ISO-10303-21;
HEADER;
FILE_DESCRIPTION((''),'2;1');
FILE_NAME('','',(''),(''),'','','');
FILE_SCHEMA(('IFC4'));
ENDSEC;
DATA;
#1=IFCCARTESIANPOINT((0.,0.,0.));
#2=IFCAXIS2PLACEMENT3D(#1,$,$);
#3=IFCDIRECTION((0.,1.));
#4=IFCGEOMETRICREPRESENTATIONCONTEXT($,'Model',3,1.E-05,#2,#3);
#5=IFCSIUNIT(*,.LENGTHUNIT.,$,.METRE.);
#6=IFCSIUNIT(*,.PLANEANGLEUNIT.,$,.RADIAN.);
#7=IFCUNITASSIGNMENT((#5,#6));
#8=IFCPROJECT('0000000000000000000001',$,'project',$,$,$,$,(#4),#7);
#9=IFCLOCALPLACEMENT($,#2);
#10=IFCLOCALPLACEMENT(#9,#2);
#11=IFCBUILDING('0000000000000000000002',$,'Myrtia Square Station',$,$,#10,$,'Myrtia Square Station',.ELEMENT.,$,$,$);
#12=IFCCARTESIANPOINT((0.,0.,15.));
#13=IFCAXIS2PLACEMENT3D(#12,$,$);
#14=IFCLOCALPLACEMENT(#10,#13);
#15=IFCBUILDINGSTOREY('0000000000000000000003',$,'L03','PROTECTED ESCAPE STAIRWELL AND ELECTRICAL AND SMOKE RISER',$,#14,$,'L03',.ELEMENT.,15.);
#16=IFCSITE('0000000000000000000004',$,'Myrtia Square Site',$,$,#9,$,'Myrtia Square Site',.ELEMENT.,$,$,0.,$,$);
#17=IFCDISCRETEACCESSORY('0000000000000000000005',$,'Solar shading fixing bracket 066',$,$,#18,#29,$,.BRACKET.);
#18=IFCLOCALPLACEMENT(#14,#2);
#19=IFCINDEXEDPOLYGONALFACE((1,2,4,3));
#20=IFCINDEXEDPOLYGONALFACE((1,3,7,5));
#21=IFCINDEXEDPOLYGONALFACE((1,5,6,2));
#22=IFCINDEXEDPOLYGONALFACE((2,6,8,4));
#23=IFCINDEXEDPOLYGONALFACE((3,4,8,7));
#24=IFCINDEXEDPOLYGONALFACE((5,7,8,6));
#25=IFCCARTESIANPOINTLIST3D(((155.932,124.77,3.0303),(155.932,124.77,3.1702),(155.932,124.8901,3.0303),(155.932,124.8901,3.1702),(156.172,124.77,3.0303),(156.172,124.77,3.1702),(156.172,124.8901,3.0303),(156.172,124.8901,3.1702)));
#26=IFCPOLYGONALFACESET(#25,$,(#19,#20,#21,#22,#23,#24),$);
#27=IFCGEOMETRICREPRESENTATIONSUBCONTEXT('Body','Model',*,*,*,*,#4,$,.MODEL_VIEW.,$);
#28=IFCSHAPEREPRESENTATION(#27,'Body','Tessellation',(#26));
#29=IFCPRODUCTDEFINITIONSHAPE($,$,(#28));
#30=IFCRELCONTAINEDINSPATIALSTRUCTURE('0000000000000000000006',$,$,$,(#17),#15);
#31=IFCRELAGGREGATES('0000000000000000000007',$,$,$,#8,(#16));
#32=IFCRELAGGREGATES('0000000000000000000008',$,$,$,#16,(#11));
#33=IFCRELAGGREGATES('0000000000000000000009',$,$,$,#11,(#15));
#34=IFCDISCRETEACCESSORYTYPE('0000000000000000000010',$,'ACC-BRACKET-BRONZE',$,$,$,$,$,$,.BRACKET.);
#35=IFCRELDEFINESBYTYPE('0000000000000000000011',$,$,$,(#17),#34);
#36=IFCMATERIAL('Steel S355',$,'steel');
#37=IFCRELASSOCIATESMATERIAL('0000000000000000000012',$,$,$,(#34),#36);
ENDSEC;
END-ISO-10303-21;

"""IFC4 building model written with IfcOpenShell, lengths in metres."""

from ifc_helpers import new_model, si_unit, direction, frame, origin, origin_2d, place, context, subcontext, project, spatial, rectangle, extrude, material, type_object, element, save


model = new_model("IFC4")

# Units and contexts
model_context = context("Model", 3, precision=1e-05, world=origin(), true_north=direction((0.0, 1.0)))
body_context = subcontext(model_context, "Body", "Model", "MODEL_VIEW")
ifc_project = project(units=[si_unit("LENGTHUNIT", "METRE"), si_unit("PLANEANGLEUNIT", "RADIAN")], contexts=[model_context])

# Site, building, storey
site_placement = place(None, origin())
site = spatial("IfcSite", under=ifc_project, at=site_placement, Name="Myrtia Square Site", LongName="Myrtia Square Site", CompositionType="ELEMENT", RefElevation=0.0)
building_placement = place(site_placement, origin())
building = spatial("IfcBuilding", under=site, at=building_placement, Name="Myrtia Square Station", LongName="Myrtia Square Station", CompositionType="ELEMENT")
storey_placement = place(building_placement, frame((0.0, 0.0, 15.0)))
storey = spatial("IfcBuildingStorey", under=building, at=storey_placement, Name="L03", Description="PROTECTED ESCAPE STAIRWELL AND ELECTRICAL AND SMOKE RISER", LongName="L03", CompositionType="ELEMENT", Elevation=15.0)

# Shared definitions
ifc_material_1 = material(Name="Steel S355", Category="steel")

# Discrete accessory
discrete_accessory_type = type_object("IfcDiscreteAccessoryType", Name="ACC-BRACKET-BRONZE", PredefinedType="BRACKET", material=ifc_material_1)
discrete_accessory_placement = place(storey_placement, frame((156.052, 124.8301, 3.0303), z_axis=(0.0, 0.0, 1.0), x_axis=(1.0, 0.0, 0.0)))
element("IfcDiscreteAccessory", 1, at=discrete_accessory_placement, inside=storey, type_object=discrete_accessory_type, Name="Solar shading fixing bracket 066", PredefinedType="BRACKET", context=body_context, shape_type="SweptSolid", body=[
    extrude(rectangle(XDim=0.24, YDim=0.1201, at=origin_2d()), origin(), (0.0, 0.0, 1.0), 0.1399),
])

save(model, "model.ifc")
